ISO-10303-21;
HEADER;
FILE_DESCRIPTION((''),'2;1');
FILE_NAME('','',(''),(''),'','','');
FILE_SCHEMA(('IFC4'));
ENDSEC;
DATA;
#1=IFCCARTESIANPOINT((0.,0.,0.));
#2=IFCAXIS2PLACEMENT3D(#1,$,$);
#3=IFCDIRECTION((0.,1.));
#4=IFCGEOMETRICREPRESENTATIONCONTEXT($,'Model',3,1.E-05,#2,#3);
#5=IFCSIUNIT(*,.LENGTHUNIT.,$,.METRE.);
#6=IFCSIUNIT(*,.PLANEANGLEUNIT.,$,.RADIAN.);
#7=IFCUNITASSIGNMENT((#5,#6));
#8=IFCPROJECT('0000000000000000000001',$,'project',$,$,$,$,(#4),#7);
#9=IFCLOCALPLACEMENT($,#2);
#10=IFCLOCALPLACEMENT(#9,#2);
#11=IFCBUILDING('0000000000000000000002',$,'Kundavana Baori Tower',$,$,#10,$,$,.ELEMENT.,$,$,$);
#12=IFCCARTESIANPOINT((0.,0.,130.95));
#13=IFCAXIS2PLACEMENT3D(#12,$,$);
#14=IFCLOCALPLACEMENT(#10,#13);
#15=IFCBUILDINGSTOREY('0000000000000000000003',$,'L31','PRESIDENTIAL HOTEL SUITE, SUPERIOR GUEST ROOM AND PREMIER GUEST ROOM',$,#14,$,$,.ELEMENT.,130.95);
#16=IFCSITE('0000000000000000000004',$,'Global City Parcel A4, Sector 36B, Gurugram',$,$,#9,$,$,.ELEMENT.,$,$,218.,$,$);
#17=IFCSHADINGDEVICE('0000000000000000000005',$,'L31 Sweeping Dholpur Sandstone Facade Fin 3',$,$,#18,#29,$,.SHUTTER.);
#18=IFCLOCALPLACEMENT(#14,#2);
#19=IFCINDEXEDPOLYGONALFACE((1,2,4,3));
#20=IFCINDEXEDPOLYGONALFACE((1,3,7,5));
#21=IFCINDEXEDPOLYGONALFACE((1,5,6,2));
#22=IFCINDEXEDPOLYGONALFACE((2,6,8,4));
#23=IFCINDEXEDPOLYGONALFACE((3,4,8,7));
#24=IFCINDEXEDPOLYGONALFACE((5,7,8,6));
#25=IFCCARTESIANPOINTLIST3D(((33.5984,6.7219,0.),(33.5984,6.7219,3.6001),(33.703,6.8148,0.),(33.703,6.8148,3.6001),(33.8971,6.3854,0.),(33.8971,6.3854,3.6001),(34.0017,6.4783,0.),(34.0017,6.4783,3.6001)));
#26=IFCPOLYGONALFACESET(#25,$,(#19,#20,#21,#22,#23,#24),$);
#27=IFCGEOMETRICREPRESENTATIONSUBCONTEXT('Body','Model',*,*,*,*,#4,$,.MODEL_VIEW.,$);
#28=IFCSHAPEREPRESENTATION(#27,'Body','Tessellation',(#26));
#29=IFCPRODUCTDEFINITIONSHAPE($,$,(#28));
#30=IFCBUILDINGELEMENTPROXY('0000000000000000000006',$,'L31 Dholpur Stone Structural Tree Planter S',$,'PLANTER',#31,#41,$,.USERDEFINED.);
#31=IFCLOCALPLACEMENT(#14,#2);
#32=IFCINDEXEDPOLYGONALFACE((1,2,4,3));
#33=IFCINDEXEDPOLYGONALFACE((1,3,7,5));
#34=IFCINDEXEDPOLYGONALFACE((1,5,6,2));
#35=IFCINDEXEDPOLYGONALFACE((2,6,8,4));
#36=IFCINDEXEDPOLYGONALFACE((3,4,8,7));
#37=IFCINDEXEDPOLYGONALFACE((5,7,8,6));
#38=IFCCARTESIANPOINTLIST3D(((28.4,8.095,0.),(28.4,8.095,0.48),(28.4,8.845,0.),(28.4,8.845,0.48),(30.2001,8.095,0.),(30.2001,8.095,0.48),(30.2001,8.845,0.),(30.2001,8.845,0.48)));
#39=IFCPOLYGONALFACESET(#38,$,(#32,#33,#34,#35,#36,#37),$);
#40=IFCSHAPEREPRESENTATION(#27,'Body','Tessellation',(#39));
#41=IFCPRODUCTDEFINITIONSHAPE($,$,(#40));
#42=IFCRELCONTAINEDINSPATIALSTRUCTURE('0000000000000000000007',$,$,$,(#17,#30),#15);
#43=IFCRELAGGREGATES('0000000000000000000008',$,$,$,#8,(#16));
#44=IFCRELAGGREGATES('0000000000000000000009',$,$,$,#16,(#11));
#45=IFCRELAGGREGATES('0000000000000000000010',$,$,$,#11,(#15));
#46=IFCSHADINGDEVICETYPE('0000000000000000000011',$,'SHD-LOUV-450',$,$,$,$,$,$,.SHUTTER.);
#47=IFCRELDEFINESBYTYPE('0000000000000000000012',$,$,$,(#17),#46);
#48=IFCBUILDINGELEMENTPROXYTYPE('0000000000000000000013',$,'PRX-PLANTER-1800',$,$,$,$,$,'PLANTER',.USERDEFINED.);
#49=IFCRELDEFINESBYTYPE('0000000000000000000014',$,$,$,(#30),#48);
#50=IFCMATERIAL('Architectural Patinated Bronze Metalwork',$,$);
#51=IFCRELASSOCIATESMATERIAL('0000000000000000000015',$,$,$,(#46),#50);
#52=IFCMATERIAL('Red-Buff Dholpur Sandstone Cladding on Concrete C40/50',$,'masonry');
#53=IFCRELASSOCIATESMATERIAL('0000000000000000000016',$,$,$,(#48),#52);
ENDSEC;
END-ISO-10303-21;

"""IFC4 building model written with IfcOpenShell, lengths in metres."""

from ifc_helpers import new_model, si_unit, direction, frame, origin, origin_2d, place, context, subcontext, project, spatial, rectangle, extrude, material, type_object, element, save


model = new_model("IFC4")

# Units and contexts
model_context = context("Model", 3, precision=1e-05, world=origin(), true_north=direction((0.0, 1.0)))
body_context = subcontext(model_context, "Body", "Model", "MODEL_VIEW")
ifc_project = project(units=[si_unit("LENGTHUNIT", "METRE"), si_unit("PLANEANGLEUNIT", "RADIAN")], contexts=[model_context])

# Site, building, storey
site_placement = place(None, origin())
site = spatial("IfcSite", under=ifc_project, at=site_placement, Name="Global City Parcel A4, Sector 36B, Gurugram", CompositionType="ELEMENT", RefElevation=218.0)
building_placement = place(site_placement, origin())
building = spatial("IfcBuilding", under=site, at=building_placement, Name="Kundavana Baori Tower", CompositionType="ELEMENT")
storey_placement = place(building_placement, frame((0.0, 0.0, 130.95)))
storey = spatial("IfcBuildingStorey", under=building, at=storey_placement, Name="L31", Description="PRESIDENTIAL HOTEL SUITE, SUPERIOR GUEST ROOM AND PREMIER GUEST ROOM", CompositionType="ELEMENT", Elevation=130.95)

# Shading device
ifc_material_1 = material(Name="Architectural Patinated Bronze Metalwork")
shading_device_type_1 = type_object("IfcShadingDeviceType", Name="SHD-LOUV-450", PredefinedType="SHUTTER", material=ifc_material_1)
shading_device_1_placement = place(storey_placement, frame((33.8, 6.6001, 0.0), z_axis=(0.0, 0.0, 1.0), x_axis=(0.747914, 0.663796, 0.0)))
element("IfcShadingDevice", 1, at=shading_device_1_placement, inside=storey, type_object=shading_device_type_1, Name="L31 Sweeping Dholpur Sandstone Facade Fin 3", PredefinedType="SHUTTER", context=body_context, shape_type="SweptSolid", body=[
    extrude(rectangle(XDim=0.1399, YDim=0.45, at=origin_2d()), origin(), (0.0, 0.0, 1.0), 3.6001),
])

# Building element proxy
ifc_material_2 = material(Name="Red-Buff Dholpur Sandstone Cladding on Concrete C40/50", Category="masonry")
building_element_proxy_type = type_object("IfcBuildingElementProxyType", Name="PRX-PLANTER-1800", ElementType="PLANTER", PredefinedType="USERDEFINED", material=ifc_material_2)
proxy_placement = place(storey_placement, frame((29.3, 8.47, 0.0), z_axis=(0.0, 0.0, 1.0), x_axis=(1.0, 0.0, 0.0)))
element("IfcBuildingElementProxy", 2, at=proxy_placement, inside=storey, type_object=building_element_proxy_type, Name="L31 Dholpur Stone Structural Tree Planter S", ObjectType="PLANTER", PredefinedType="USERDEFINED", context=body_context, shape_type="SweptSolid", body=[
    extrude(rectangle(XDim=1.8, YDim=0.75, at=origin_2d()), origin(), (0.0, 0.0, 1.0), 0.48),
])

save(model, "model.ifc")
